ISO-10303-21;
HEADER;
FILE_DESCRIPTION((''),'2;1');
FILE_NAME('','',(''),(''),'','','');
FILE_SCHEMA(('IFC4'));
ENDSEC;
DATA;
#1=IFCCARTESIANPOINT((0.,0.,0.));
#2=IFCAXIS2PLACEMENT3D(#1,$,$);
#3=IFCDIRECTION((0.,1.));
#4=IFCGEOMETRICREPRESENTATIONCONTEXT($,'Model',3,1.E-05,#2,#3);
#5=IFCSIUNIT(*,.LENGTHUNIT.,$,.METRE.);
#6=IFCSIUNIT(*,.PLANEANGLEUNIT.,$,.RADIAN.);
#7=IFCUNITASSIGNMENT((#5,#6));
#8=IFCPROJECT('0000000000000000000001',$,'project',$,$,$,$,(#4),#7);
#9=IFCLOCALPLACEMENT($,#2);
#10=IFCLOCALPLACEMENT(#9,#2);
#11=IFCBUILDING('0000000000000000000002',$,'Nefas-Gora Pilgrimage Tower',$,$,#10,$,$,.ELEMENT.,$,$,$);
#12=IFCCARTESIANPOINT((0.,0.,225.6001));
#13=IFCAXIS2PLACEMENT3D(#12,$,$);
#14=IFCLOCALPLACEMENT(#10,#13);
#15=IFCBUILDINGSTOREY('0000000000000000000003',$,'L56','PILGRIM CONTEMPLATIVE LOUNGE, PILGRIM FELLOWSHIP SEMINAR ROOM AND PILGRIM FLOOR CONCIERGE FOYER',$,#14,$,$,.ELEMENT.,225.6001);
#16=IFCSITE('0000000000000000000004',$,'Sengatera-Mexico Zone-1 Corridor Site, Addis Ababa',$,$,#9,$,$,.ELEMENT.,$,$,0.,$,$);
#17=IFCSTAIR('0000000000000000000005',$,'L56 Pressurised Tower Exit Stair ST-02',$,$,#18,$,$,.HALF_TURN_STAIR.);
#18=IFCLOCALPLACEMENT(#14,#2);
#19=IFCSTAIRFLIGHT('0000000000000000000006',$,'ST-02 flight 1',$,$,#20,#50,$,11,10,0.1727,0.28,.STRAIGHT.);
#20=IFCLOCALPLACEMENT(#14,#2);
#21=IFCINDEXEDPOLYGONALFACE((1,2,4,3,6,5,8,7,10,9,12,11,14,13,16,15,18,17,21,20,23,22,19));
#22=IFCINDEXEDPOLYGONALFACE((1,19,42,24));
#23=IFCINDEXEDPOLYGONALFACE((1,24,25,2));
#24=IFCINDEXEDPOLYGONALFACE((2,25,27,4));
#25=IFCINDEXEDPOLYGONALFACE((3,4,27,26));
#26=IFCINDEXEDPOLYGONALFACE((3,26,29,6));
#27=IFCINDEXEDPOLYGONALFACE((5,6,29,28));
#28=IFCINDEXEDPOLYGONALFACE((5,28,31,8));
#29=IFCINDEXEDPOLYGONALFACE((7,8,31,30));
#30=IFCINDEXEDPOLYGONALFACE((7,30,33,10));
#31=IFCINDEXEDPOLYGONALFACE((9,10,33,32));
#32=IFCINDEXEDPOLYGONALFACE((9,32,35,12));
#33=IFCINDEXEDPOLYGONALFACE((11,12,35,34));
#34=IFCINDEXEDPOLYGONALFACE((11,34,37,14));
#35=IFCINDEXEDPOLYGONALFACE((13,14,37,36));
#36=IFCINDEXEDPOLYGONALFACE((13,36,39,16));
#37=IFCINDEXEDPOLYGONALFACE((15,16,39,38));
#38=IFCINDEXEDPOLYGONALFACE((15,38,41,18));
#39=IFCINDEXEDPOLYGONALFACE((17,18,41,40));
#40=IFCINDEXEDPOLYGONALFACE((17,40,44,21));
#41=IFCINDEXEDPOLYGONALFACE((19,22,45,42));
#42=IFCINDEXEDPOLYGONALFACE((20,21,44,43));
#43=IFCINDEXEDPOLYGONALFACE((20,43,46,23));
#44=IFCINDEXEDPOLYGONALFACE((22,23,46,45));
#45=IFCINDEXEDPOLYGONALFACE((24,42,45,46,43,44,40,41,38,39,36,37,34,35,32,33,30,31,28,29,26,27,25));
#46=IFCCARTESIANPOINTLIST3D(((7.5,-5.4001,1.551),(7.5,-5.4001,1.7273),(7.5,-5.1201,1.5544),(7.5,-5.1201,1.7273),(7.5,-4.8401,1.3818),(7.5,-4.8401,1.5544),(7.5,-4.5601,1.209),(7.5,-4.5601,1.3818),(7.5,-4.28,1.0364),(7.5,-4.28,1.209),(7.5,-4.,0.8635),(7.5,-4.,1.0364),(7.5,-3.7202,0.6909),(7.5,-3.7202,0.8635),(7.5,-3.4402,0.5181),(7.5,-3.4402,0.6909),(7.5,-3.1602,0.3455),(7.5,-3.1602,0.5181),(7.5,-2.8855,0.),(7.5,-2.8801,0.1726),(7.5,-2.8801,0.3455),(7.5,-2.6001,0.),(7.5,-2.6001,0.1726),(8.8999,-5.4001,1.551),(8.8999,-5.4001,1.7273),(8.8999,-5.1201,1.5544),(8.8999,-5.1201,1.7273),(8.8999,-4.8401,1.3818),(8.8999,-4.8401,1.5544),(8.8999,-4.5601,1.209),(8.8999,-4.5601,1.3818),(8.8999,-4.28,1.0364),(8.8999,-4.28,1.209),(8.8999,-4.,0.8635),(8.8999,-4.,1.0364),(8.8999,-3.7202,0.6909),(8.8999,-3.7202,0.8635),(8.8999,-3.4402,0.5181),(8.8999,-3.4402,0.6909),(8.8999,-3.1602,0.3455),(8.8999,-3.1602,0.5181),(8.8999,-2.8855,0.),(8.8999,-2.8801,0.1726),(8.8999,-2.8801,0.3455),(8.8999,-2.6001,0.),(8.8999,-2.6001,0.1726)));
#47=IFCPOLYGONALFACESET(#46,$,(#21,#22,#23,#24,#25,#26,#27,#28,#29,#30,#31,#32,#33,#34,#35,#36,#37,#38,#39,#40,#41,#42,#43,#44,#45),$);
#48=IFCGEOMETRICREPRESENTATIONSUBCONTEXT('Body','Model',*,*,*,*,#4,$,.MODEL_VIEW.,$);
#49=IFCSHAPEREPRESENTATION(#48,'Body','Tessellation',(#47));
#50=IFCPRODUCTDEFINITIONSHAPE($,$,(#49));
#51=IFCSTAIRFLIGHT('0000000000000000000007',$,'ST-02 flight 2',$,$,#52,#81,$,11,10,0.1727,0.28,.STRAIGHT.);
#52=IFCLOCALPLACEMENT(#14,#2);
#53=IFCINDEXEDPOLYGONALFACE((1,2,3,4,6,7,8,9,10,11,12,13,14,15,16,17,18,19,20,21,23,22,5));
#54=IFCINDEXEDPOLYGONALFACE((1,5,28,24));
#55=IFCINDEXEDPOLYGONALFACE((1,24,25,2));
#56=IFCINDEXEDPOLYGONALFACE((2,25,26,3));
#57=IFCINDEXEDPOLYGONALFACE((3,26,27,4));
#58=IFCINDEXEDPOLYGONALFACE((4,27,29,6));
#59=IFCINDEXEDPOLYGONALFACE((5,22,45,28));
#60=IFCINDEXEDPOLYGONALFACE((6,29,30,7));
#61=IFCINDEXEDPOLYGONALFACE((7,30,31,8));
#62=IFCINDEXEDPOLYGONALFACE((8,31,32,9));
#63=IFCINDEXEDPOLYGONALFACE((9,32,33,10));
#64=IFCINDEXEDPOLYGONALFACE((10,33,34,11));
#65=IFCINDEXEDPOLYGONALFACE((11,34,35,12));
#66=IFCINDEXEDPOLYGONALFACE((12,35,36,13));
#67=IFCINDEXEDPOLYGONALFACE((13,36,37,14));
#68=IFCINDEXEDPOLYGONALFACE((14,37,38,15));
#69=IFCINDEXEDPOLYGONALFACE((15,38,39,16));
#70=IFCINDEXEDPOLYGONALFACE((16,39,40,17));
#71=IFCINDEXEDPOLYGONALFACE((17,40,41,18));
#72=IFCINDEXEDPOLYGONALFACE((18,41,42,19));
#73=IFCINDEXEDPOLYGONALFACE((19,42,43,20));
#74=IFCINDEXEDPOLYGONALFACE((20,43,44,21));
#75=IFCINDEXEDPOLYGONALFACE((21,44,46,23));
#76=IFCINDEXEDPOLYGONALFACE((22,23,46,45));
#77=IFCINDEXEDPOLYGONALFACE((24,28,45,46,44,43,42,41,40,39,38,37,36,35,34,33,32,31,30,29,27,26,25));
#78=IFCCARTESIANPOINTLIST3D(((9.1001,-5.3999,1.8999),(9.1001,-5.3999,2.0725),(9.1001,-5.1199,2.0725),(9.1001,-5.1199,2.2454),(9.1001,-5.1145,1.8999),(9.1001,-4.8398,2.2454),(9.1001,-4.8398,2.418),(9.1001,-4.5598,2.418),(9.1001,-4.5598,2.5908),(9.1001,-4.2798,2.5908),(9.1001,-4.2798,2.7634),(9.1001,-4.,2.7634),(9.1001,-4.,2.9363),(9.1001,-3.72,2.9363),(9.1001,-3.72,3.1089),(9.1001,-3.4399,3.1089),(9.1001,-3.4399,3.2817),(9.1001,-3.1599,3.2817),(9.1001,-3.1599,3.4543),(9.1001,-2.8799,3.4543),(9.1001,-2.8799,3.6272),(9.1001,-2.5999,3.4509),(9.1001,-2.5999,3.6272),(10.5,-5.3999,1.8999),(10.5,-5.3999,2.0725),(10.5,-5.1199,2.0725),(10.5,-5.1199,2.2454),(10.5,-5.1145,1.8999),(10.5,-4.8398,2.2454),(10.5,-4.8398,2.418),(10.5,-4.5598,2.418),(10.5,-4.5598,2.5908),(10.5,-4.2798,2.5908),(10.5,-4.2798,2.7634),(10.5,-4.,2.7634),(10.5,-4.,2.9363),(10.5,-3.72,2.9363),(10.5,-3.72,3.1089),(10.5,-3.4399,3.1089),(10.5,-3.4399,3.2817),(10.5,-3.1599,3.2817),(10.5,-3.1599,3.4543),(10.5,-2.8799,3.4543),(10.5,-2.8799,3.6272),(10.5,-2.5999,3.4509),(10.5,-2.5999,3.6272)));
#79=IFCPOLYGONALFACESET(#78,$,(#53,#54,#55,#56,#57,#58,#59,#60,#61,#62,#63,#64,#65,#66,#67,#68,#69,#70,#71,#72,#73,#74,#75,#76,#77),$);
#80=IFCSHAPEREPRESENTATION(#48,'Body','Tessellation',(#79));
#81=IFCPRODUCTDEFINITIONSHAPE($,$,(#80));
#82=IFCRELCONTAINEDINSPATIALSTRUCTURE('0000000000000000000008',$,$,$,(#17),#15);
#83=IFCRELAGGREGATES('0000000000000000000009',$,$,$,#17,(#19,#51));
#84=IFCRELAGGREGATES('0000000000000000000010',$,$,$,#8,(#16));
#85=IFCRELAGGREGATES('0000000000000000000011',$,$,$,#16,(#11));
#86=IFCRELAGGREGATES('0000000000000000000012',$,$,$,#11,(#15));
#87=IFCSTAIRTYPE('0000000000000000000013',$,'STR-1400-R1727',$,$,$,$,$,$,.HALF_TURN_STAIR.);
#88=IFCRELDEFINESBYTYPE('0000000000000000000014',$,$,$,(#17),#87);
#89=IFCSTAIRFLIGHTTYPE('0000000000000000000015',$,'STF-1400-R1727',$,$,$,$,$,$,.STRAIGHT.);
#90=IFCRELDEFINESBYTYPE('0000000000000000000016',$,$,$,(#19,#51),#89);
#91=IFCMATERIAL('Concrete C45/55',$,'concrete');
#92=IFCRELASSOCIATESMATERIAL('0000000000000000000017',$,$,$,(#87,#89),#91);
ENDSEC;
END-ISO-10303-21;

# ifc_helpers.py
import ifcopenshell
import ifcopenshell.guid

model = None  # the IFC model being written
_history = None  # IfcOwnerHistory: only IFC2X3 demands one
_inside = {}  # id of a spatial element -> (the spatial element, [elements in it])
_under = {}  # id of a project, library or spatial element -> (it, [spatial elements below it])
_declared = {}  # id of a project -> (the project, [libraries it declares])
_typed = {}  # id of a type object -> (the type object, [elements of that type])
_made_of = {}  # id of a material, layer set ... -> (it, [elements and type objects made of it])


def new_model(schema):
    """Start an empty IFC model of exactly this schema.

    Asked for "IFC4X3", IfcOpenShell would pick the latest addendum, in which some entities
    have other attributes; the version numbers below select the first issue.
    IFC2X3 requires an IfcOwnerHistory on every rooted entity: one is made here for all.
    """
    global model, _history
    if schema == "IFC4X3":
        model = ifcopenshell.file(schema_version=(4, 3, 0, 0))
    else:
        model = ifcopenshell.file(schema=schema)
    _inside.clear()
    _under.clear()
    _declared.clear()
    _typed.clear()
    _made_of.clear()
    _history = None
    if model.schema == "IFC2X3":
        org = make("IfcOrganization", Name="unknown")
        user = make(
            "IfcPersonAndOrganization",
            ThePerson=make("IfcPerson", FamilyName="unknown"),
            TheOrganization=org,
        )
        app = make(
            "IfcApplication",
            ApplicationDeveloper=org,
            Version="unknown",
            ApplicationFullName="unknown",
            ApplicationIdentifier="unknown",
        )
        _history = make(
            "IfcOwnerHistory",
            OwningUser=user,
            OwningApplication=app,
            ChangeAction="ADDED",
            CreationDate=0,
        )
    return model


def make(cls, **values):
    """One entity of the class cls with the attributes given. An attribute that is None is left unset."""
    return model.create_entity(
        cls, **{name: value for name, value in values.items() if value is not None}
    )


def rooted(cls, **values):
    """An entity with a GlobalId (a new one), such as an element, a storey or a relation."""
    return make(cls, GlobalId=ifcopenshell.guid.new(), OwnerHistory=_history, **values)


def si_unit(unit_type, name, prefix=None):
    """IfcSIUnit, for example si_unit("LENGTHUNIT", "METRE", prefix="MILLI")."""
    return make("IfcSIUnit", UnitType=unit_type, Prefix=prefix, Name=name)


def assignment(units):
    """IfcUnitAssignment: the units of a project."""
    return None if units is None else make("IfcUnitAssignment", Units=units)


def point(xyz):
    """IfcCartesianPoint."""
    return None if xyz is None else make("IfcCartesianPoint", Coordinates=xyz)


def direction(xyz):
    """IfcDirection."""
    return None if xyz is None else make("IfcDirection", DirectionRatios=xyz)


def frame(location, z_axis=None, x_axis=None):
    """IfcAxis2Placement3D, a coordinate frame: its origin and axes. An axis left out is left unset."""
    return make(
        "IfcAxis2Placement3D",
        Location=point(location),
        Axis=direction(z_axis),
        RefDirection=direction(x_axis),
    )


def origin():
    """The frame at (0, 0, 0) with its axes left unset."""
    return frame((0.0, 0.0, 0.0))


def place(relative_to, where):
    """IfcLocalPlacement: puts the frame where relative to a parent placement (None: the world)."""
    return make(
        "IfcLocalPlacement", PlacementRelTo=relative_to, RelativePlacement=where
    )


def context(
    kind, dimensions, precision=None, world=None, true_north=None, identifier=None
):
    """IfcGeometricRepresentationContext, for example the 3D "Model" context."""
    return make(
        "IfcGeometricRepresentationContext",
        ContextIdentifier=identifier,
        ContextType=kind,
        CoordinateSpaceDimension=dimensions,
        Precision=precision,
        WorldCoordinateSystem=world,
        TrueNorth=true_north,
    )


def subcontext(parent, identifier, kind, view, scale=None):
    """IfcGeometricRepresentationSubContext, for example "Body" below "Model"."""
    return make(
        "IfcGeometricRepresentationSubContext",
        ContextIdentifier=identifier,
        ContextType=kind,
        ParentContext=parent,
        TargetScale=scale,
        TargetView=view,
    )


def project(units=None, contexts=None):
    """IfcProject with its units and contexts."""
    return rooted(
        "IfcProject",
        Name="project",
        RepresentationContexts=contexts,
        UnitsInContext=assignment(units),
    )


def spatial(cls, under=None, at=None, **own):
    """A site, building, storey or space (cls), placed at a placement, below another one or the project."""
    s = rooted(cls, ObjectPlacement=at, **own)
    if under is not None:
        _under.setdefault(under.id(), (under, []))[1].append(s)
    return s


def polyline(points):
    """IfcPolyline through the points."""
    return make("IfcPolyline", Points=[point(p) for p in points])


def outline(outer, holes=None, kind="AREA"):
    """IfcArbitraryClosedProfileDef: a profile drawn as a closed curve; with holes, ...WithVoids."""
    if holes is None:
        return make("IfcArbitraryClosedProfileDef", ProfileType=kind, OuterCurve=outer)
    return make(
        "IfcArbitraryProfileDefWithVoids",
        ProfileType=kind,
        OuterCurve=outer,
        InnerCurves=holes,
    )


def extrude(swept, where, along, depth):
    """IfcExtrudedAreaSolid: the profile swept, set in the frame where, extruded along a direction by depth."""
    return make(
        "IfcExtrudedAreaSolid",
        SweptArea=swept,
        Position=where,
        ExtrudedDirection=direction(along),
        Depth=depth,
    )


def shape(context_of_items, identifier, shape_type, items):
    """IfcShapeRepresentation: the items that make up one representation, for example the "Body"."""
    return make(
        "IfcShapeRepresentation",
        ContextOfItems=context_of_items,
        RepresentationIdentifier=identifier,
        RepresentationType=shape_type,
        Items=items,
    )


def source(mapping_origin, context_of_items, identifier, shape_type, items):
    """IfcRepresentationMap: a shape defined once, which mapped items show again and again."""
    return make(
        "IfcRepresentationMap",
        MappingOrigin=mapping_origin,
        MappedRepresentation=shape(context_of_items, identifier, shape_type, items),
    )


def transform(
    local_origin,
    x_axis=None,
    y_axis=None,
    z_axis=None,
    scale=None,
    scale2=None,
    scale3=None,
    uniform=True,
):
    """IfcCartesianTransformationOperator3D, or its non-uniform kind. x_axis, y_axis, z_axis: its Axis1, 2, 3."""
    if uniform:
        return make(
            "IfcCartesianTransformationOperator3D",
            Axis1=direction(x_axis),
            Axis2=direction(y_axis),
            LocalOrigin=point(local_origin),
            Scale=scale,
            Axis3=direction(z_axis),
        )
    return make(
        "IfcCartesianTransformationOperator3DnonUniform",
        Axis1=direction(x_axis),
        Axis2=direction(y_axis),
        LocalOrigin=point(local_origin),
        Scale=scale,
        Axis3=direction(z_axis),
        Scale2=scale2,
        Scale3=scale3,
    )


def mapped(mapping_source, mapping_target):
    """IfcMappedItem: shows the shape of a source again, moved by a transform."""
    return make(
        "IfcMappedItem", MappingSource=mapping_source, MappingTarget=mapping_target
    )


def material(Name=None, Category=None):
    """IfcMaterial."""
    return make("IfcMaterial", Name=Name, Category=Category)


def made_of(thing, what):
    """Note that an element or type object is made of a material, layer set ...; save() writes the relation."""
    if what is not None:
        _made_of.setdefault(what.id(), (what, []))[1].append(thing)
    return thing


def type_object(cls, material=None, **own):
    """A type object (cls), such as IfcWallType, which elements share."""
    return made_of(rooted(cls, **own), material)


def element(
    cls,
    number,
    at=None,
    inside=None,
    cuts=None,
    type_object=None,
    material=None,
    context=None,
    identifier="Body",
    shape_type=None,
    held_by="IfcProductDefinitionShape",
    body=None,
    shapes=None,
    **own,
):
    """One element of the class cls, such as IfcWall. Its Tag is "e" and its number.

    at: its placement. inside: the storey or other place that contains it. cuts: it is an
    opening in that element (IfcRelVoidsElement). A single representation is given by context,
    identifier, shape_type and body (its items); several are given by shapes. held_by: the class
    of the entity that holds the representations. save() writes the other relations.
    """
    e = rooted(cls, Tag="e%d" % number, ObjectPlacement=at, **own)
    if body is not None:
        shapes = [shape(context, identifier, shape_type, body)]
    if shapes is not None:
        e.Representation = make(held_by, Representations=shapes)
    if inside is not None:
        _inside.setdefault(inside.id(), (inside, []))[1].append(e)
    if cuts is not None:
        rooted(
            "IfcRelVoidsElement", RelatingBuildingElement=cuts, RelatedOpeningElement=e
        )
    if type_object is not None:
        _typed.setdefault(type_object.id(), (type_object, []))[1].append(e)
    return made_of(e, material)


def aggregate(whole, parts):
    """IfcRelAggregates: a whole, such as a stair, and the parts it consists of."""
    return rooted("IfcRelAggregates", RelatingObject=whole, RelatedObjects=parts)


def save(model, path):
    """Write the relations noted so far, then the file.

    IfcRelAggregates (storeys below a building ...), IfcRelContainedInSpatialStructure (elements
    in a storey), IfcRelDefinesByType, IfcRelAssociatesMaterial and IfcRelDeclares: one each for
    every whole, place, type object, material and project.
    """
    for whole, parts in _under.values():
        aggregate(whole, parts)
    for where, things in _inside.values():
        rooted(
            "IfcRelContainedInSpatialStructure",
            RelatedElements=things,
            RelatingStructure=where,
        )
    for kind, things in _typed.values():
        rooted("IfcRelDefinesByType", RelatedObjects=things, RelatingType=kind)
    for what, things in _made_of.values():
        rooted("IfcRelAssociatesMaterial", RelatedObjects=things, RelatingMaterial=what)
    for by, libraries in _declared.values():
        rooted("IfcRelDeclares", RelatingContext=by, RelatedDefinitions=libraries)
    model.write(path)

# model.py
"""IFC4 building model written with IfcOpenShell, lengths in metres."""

from ifc_helpers import new_model, si_unit, direction, frame, origin, place, context, subcontext, project, spatial, polyline, outline, extrude, source, transform, mapped, material, type_object, element, aggregate, save


model = new_model("IFC4")

# Units and contexts
model_context = context("Model", 3, precision=1e-05, world=origin(), true_north=direction((0.0, 1.0)))
body_context = subcontext(model_context, "Body", "Model", "MODEL_VIEW")
ifc_project = project(units=[si_unit("LENGTHUNIT", "METRE"), si_unit("PLANEANGLEUNIT", "RADIAN")], contexts=[model_context])

# Site, building, storey
site_placement = place(None, origin())
site = spatial("IfcSite", under=ifc_project, at=site_placement, Name="Sengatera-Mexico Zone-1 Corridor Site, Addis Ababa", CompositionType="ELEMENT", RefElevation=0.0)
building_placement = place(site_placement, origin())
building = spatial("IfcBuilding", under=site, at=building_placement, Name="Nefas-Gora Pilgrimage Tower", CompositionType="ELEMENT")
storey_placement = place(building_placement, frame((0.0, 0.0, 225.6001)))
storey = spatial("IfcBuildingStorey", under=building, at=storey_placement, Name="L56", Description="PILGRIM CONTEMPLATIVE LOUNGE, PILGRIM FELLOWSHIP SEMINAR ROOM AND PILGRIM FLOOR CONCIERGE FOYER", CompositionType="ELEMENT", Elevation=225.6001)

# Shared definitions
ifc_material_1 = material(Name="Concrete C45/55", Category="concrete")

# Stair, stair flights
stair_type = type_object("IfcStairType", Name="STR-1400-R1727", PredefinedType="HALF_TURN_STAIR", material=ifc_material_1)
stair_placement = place(storey_placement, origin())
stair = element("IfcStair", 1, at=stair_placement, inside=storey, type_object=stair_type, Name="L56 Pressurised Tower Exit Stair ST-02", PredefinedType="HALF_TURN_STAIR")
stair_flight_type = type_object("IfcStairFlightType", Name="STF-1400-R1727", PredefinedType="STRAIGHT", material=ifc_material_1)
shared_shape_1 = source(origin(), body_context, "Body", "SweptSolid", [
    extrude(outline(polyline([(0.0, 0.0), (0.0, 0.1726), (0.28, 0.1726), (0.28, 0.3455), (0.5601, 0.3455), (0.5601, 0.5181), (0.8401, 0.5181), (0.8401, 0.6909), (1.1201, 0.6909), (1.1201, 0.8635), (1.3999, 0.8635), (1.3999, 1.0364), (1.6799, 1.0364), (1.6799, 1.209), (1.96, 1.209), (1.96, 1.3818), (2.24, 1.3818), (2.24, 1.5544), (2.52, 1.5544), (2.52, 1.7273), (2.8, 1.7273), (2.8, 1.8999), (2.8, 1.551), (0.2854, 0.0), (0.0, 0.0)])), frame((0.0, 0.7, 0.0), z_axis=(0.0, -1.0, 0.0), x_axis=(1.0, 0.0, 0.0)), (0.0, 0.0, 1.0), 1.3999),
])
stair_flight_1_placement = place(storey_placement, frame((8.2, -2.6001, 0.0), z_axis=(0.0, 0.0, 1.0), x_axis=(0.0, -1.0, 0.0)))
stair_flight_1 = element("IfcStairFlight", 2, at=stair_flight_1_placement, type_object=stair_flight_type, Name="ST-02 flight 1", NumberOfRisers=11, NumberOfTreads=10, PredefinedType="STRAIGHT", RiserHeight=0.1727, TreadLength=0.28, context=body_context, shape_type="MappedRepresentation", body=[
    mapped(shared_shape_1, transform((0.0, 0.0, 0.0), x_axis=(1.0, 0.0, 0.0), y_axis=(0.0, 1.0, 0.0), z_axis=(0.0, 0.0, 1.0), scale=1.0)),
])
stair_flight_2_placement = place(storey_placement, frame((9.8, -5.3999, 1.8999), z_axis=(0.0, 0.0, 1.0), x_axis=(0.0, 1.0, 0.0)))
stair_flight_2 = element("IfcStairFlight", 3, at=stair_flight_2_placement, type_object=stair_flight_type, Name="ST-02 flight 2", NumberOfRisers=11, NumberOfTreads=10, PredefinedType="STRAIGHT", RiserHeight=0.1727, TreadLength=0.28, context=body_context, shape_type="MappedRepresentation", body=[
    mapped(shared_shape_1, transform((0.0, 0.0, 0.0), x_axis=(1.0, 0.0, 0.0), y_axis=(0.0, 1.0, 0.0), z_axis=(0.0, 0.0, 1.0), scale=1.0)),
])
aggregate(stair, [stair_flight_1, stair_flight_2])

save(model, "model.ifc")
